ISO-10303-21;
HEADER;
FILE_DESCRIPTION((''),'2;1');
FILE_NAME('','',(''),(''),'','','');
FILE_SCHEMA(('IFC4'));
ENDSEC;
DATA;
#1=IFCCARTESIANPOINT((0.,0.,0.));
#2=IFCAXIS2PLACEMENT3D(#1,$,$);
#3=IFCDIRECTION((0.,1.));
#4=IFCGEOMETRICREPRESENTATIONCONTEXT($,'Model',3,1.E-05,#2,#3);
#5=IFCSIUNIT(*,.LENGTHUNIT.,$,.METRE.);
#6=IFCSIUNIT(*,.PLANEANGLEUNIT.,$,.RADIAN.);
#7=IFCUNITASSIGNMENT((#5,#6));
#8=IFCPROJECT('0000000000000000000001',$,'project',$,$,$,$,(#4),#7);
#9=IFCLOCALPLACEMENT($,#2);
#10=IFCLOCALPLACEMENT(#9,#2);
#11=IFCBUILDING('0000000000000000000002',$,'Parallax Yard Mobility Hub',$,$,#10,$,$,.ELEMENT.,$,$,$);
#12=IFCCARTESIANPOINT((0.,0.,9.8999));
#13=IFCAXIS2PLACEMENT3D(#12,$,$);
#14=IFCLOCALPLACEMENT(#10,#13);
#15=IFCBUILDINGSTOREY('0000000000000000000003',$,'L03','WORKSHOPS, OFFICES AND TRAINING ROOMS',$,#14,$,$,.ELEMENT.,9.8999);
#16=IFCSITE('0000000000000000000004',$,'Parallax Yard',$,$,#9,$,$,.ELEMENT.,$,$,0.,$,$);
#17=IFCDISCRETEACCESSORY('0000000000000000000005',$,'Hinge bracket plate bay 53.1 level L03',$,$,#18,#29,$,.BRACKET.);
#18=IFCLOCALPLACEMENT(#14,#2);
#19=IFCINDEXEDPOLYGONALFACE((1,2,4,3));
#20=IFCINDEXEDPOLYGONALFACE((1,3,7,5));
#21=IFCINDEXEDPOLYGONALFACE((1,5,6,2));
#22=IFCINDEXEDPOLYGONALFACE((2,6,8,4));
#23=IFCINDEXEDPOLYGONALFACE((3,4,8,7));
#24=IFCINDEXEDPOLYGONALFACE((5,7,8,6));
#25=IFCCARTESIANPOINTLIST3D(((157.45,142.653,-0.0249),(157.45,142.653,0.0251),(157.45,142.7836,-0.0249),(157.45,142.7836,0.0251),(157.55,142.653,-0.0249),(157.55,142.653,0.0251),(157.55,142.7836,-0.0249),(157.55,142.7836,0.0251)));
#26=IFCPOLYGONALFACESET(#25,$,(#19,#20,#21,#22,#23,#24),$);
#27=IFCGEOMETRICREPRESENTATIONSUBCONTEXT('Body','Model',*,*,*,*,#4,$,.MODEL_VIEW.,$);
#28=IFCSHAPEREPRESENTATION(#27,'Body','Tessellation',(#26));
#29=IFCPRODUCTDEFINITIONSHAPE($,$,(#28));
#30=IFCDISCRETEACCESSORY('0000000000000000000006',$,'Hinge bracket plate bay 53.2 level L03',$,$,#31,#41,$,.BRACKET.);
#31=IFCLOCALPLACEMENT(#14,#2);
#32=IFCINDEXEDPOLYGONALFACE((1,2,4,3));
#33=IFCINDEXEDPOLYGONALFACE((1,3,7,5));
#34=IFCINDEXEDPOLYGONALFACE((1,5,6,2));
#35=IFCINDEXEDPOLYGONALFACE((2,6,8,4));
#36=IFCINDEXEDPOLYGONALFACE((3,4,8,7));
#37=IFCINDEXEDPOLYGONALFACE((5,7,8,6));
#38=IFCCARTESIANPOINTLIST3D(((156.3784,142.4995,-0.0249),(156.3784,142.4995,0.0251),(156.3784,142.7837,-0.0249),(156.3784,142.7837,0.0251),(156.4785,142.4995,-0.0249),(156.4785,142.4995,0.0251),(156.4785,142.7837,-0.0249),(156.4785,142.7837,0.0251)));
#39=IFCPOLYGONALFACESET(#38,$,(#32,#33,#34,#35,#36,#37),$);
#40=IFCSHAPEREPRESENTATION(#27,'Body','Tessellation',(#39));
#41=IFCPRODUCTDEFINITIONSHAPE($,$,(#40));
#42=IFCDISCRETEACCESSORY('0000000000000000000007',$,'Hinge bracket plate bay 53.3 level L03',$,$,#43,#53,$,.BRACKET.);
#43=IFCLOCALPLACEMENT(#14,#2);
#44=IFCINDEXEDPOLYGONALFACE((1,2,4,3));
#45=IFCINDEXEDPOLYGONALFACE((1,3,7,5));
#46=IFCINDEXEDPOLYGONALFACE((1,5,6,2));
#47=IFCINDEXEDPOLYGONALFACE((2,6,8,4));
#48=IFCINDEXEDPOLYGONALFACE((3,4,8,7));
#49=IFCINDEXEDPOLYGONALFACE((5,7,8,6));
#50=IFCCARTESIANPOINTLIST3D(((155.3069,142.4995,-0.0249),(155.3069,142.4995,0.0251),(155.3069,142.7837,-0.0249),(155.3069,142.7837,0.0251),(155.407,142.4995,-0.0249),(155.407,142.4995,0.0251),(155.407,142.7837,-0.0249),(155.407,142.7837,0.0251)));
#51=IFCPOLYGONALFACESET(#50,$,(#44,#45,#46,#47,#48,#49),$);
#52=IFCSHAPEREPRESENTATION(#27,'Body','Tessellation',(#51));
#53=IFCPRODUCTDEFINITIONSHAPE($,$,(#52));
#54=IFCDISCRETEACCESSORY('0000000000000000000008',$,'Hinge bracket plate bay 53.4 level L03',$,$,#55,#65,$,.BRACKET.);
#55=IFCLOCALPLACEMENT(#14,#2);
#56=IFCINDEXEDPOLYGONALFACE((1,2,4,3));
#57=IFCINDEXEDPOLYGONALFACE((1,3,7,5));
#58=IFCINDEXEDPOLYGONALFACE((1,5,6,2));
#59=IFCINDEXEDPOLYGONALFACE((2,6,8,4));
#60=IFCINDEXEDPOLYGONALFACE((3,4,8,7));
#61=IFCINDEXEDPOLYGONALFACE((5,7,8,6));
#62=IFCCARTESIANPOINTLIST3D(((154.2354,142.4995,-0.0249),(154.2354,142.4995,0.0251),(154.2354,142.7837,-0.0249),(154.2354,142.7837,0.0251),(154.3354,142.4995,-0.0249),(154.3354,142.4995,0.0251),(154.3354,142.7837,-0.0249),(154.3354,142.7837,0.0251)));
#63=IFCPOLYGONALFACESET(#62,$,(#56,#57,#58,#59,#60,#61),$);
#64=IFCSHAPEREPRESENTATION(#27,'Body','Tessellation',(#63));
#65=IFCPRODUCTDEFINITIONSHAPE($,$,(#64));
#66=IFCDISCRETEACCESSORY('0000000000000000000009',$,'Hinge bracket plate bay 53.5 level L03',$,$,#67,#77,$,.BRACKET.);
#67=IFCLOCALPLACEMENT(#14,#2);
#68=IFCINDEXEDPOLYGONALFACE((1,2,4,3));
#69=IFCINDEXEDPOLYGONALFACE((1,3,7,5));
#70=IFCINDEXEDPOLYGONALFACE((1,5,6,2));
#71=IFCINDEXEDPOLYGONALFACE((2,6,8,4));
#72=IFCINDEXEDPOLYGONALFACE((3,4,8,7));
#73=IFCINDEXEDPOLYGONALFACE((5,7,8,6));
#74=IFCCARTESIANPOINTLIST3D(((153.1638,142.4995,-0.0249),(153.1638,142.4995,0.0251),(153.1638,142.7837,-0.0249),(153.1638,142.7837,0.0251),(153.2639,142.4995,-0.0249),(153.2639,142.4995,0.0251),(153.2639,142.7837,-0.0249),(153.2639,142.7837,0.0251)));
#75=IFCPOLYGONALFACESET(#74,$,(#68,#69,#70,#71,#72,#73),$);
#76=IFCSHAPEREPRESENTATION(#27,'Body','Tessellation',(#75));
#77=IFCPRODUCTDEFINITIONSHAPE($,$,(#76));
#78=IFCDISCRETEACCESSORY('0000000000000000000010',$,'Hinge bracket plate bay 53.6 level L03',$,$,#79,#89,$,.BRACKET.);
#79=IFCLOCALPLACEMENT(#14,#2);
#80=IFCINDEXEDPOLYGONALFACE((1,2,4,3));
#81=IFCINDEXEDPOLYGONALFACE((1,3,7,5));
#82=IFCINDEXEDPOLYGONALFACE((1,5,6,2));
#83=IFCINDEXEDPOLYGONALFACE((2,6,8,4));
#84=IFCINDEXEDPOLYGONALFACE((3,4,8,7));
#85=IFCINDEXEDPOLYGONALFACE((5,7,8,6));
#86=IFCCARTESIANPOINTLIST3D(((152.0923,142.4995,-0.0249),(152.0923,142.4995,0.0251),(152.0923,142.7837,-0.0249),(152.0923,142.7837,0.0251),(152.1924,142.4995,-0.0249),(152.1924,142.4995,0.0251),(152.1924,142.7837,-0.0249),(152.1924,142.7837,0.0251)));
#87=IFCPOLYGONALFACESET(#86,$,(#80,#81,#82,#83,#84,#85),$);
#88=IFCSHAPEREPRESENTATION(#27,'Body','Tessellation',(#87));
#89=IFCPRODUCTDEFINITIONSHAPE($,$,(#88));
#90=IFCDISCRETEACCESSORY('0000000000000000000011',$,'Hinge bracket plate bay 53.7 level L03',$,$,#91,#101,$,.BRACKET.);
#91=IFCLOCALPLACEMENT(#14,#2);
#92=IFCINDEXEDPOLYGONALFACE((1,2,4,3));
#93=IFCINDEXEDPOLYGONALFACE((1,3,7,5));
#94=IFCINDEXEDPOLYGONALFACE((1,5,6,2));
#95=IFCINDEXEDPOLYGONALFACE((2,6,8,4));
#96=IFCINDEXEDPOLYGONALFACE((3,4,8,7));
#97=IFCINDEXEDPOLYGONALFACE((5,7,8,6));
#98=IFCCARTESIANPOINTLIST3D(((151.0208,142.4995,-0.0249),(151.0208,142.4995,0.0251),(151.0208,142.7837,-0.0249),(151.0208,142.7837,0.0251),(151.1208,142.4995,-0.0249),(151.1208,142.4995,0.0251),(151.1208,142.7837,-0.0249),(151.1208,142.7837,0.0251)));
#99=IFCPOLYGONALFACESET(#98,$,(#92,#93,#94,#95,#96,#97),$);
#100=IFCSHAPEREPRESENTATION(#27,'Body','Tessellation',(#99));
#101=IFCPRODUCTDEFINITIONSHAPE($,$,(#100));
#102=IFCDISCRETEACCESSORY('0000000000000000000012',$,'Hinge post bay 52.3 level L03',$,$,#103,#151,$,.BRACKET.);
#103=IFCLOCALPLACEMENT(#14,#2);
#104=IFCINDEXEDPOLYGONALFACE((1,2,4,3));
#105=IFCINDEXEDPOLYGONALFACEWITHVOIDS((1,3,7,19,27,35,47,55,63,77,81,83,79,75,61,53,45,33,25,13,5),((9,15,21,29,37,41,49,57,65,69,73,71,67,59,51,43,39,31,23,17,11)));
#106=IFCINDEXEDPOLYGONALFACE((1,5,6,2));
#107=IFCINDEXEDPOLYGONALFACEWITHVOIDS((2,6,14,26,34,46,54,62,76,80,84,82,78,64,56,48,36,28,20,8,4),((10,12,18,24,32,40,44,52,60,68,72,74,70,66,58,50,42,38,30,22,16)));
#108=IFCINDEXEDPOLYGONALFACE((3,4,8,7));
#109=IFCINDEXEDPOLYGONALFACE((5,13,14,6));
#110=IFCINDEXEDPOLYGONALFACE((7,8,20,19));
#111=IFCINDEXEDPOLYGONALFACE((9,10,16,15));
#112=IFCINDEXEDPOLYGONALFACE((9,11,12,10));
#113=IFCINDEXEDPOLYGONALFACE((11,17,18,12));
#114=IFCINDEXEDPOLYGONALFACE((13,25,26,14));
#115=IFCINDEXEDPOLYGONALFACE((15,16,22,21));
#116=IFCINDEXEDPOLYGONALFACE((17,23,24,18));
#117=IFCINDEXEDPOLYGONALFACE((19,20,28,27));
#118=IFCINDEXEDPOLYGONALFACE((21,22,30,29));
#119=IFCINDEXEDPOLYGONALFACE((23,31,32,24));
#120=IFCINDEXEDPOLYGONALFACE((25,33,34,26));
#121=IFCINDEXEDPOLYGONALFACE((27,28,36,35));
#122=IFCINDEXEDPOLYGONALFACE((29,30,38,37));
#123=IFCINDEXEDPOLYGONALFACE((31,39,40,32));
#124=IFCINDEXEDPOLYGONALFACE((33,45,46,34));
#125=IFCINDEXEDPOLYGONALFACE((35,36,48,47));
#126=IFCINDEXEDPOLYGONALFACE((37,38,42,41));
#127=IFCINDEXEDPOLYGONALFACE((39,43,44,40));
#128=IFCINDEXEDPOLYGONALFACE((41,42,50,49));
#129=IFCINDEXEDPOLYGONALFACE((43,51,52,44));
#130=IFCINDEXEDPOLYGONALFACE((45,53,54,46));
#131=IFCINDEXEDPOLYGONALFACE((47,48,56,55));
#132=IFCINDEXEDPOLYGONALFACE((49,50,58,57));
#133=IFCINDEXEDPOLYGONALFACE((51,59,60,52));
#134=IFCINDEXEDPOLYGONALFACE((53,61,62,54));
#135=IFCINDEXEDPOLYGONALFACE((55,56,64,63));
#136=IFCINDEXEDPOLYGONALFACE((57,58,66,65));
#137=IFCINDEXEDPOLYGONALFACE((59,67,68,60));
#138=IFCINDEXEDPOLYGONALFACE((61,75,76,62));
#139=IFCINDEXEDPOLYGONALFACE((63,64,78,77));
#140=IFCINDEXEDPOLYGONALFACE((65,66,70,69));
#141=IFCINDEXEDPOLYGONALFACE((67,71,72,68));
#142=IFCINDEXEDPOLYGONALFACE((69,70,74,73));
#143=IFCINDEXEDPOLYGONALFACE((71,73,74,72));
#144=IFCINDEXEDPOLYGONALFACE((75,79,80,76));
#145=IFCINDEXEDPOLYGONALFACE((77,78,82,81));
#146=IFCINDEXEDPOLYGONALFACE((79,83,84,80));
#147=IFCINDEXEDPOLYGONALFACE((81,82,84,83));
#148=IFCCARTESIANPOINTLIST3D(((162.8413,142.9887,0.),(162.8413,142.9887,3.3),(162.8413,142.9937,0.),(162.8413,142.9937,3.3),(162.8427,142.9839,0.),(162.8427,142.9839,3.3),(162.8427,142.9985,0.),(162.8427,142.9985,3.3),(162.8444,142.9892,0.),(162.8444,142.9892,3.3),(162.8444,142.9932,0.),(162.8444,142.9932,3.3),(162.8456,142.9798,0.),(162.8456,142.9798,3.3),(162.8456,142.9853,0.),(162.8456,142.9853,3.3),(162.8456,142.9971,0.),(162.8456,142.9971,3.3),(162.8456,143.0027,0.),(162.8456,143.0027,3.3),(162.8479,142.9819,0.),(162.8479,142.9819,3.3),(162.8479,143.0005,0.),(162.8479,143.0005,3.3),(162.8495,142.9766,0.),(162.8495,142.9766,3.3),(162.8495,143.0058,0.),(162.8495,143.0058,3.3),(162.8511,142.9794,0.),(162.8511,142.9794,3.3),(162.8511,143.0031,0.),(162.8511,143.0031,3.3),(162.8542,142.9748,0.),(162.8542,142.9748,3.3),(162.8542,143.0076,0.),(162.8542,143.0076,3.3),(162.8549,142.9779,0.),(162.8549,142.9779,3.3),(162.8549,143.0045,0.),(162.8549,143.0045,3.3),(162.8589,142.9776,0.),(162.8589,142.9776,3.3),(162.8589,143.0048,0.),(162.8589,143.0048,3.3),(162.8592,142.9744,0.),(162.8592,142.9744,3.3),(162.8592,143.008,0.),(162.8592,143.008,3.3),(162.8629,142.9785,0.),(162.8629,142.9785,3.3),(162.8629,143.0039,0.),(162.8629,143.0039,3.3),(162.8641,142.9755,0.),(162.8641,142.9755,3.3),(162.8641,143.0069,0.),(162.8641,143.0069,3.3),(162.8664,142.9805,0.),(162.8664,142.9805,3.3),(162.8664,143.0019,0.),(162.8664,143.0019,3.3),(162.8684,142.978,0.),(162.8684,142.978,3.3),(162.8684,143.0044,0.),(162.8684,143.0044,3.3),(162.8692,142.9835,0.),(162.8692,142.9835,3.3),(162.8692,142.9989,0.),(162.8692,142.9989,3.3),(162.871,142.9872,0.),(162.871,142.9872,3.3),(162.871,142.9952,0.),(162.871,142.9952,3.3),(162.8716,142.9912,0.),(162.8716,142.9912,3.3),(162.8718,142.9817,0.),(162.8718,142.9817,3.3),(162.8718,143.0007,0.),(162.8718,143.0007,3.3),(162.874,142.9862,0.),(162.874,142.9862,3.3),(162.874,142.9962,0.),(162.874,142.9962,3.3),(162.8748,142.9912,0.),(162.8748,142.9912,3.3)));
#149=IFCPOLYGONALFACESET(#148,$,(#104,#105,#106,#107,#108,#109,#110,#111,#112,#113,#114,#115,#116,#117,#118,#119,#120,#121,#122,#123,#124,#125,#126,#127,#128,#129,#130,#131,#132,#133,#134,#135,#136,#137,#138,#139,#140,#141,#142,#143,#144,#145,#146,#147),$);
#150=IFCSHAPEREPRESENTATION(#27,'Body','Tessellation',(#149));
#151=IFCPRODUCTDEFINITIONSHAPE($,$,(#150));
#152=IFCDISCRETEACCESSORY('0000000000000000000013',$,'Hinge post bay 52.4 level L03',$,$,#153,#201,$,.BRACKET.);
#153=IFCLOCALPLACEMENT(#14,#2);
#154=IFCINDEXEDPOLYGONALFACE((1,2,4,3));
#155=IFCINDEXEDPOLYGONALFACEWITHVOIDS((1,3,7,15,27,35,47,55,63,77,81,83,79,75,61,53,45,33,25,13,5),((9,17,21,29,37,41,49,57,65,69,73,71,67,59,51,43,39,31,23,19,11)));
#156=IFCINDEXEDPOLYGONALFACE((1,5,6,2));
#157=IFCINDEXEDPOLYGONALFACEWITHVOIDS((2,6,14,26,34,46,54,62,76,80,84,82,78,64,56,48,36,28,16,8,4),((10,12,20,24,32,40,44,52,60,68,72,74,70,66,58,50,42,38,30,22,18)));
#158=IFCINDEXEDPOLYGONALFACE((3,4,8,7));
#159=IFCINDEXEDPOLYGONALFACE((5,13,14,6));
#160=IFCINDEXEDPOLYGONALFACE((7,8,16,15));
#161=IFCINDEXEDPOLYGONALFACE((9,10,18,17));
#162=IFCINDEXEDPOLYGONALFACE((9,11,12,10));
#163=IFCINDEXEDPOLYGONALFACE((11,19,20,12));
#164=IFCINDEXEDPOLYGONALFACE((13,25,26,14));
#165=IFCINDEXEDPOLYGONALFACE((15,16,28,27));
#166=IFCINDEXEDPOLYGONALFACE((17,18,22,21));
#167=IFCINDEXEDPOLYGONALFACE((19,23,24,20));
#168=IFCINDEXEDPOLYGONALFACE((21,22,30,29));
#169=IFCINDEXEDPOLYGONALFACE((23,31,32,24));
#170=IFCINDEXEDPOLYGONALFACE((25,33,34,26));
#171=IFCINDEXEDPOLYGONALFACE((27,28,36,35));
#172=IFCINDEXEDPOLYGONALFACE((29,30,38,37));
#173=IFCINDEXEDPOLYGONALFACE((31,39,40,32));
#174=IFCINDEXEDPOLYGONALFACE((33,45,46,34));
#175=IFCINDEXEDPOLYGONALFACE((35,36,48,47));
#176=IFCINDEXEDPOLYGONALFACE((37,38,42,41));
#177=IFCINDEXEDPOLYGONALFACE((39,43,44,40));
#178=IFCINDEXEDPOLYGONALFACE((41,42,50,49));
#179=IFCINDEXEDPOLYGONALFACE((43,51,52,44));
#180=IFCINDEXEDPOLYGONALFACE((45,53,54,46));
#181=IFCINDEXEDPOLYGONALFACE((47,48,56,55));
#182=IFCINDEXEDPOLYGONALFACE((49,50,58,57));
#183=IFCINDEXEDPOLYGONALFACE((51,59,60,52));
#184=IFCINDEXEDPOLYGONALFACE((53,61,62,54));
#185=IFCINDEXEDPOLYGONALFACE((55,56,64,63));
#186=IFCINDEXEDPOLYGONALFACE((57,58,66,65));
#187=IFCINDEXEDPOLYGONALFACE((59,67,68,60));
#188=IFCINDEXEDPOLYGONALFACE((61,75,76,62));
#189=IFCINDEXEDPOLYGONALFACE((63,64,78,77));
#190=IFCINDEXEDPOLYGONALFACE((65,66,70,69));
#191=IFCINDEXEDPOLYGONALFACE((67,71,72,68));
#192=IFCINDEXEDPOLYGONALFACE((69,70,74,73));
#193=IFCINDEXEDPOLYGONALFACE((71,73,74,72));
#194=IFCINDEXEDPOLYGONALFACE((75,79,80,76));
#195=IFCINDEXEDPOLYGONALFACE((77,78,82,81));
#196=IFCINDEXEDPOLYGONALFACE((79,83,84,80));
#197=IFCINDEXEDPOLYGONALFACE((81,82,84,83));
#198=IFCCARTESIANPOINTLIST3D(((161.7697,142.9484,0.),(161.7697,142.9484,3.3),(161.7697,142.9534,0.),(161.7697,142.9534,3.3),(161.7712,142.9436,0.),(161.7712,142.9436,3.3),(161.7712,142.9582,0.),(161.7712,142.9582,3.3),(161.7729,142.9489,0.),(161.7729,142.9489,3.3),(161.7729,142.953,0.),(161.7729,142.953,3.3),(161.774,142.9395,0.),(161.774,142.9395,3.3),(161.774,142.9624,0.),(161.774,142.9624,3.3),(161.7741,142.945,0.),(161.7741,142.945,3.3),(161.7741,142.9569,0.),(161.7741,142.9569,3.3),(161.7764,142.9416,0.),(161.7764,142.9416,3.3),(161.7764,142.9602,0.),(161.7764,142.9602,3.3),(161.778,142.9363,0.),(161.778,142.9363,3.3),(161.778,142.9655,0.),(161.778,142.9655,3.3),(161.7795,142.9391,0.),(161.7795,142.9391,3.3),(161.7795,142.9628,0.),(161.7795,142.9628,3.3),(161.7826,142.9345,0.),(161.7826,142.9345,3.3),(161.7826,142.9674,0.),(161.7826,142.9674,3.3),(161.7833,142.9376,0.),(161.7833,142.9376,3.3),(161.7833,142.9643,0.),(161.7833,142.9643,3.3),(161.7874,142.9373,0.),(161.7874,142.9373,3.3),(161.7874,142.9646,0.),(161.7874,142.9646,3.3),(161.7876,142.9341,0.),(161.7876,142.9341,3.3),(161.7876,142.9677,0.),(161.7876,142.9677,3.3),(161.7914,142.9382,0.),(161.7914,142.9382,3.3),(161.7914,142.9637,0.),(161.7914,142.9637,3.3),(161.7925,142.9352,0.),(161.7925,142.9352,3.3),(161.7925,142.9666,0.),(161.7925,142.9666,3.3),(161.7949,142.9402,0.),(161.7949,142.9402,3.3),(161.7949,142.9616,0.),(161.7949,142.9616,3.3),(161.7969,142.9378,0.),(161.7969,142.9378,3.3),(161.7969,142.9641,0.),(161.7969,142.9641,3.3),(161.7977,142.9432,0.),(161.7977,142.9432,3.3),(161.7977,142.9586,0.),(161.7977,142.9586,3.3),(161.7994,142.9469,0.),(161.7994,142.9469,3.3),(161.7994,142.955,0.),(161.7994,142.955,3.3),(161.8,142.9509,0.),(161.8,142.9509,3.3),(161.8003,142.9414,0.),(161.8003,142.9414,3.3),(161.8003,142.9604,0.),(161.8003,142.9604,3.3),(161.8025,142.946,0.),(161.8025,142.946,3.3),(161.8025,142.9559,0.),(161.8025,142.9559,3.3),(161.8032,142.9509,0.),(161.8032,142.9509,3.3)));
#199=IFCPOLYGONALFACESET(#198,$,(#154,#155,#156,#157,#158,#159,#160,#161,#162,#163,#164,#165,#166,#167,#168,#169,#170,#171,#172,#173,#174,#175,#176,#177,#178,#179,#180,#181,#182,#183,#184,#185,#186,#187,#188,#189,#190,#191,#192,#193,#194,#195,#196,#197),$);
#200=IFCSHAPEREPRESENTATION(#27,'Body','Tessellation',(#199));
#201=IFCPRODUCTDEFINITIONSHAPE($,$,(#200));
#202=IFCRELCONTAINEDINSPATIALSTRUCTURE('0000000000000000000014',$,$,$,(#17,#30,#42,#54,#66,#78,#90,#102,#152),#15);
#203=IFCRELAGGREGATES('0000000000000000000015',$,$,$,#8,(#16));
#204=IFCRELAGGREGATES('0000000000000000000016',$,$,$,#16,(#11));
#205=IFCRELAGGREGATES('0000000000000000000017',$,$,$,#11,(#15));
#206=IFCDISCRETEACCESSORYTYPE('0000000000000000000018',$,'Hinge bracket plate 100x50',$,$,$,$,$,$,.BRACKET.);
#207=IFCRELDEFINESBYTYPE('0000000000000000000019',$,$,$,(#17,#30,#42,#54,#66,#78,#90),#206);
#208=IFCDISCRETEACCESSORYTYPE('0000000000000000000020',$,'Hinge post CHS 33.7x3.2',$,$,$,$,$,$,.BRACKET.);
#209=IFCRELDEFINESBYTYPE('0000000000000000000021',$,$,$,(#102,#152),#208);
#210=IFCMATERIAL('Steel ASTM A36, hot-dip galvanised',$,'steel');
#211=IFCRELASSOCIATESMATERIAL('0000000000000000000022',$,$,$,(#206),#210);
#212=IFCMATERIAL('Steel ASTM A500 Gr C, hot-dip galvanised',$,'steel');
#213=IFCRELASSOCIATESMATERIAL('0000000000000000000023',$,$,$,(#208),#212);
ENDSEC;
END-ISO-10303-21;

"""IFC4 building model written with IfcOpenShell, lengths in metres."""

from ifc_helpers import new_model, si_unit, direction, frame, origin, origin_2d, place, context, subcontext, project, spatial, rectangle, hollow_circle, extrude, material, material_profile, profile_set, type_object, element, save


model = new_model("IFC4")

# Units and contexts
model_context = context("Model", 3, precision=1e-05, world=origin(), true_north=direction((0.0, 1.0)))
body_context = subcontext(model_context, "Body", "Model", "MODEL_VIEW")
ifc_project = project(units=[si_unit("LENGTHUNIT", "METRE"), si_unit("PLANEANGLEUNIT", "RADIAN")], contexts=[model_context])

# Site, building, storey
site_placement = place(None, origin())
site = spatial("IfcSite", under=ifc_project, at=site_placement, Name="Parallax Yard", CompositionType="ELEMENT", RefElevation=0.0)
building_placement = place(site_placement, origin())
building = spatial("IfcBuilding", under=site, at=building_placement, Name="Parallax Yard Mobility Hub", CompositionType="ELEMENT")
storey_placement = place(building_placement, frame((0.0, 0.0, 9.8999)))
storey = spatial("IfcBuildingStorey", under=building, at=storey_placement, Name="L03", Description="WORKSHOPS, OFFICES AND TRAINING ROOMS", CompositionType="ELEMENT", Elevation=9.8999)

# Discrete accessories
ifc_material_1 = material(Name="Steel ASTM A36, hot-dip galvanised", Category="steel")
discrete_accessory_type_1 = type_object("IfcDiscreteAccessoryType", Name="Hinge bracket plate 100x50", PredefinedType="BRACKET", material=ifc_material_1)
discrete_accessory_1_placement = place(storey_placement, frame((157.5, 142.7183, -0.0249), z_axis=(0.0, 0.0, 1.0), x_axis=(0.0, 1.0, 0.0)))
element("IfcDiscreteAccessory", 1, at=discrete_accessory_1_placement, inside=storey, type_object=discrete_accessory_type_1, Name="Hinge bracket plate bay 53.1 level L03", PredefinedType="BRACKET", context=body_context, shape_type="SweptSolid", body=[
    extrude(rectangle(XDim=0.1306, YDim=0.1001, at=origin_2d()), origin(), (0.0, 0.0, 1.0), 0.05),
])
for number, where, z_axis, x_axis, name in (
    (2, (156.4285, 142.6416, -0.0249), (0.0, 0.0, 1.0), (0.0, 1.0, 0.0), "Hinge bracket plate bay 53.2 level L03"),
    (3, (155.3569, 142.6416, -0.0249), (0.0, 0.0, 1.0), (0.0, 1.0, 0.0), "Hinge bracket plate bay 53.3 level L03"),
    (4, (154.2854, 142.6416, -0.0249), (0.0, 0.0, 1.0), (0.0, 1.0, 0.0), "Hinge bracket plate bay 53.4 level L03"),
    (5, (153.2139, 142.6416, -0.0249), (0.0, 0.0, 1.0), (0.0, 1.0, 0.0), "Hinge bracket plate bay 53.5 level L03"),
    (6, (152.1423, 142.6416, -0.0249), (0.0, 0.0, 1.0), (0.0, 1.0, 0.0), "Hinge bracket plate bay 53.6 level L03"),
    (7, (151.0708, 142.6416, -0.0249), (0.0, 0.0, 1.0), (0.0, 1.0, 0.0), "Hinge bracket plate bay 53.7 level L03"),
):
    element("IfcDiscreteAccessory", number, at=place(storey_placement, frame(where, z_axis=z_axis, x_axis=x_axis)), inside=storey, type_object=discrete_accessory_type_1, Name=name, PredefinedType="BRACKET", context=body_context, shape_type="SweptSolid", body=[
        extrude(rectangle(XDim=0.2842, YDim=0.1001, at=origin_2d()), origin(), (0.0, 0.0, 1.0), 0.05),
    ])
ifc_material_2 = material(Name="Steel ASTM A500 Gr C, hot-dip galvanised", Category="steel")
ifc_material_profile_1 = material_profile(ifc_material_2, hollow_circle(Radius=0.0168, WallThickness=0.0032, at=origin_2d()), Name="CHS 33.7x3.2")
ifc_profile_set_1 = profile_set([ifc_material_profile_1], Name="Steel ASTM A500 Gr C, hot-dip galvanised")
discrete_accessory_type_2 = type_object("IfcDiscreteAccessoryType", Name="Hinge post CHS 33.7x3.2", PredefinedType="BRACKET", material=ifc_profile_set_1)
for number, where, z_axis, x_axis, name in (
    (8, (162.8579, 142.9912, 0.0), (0.0, 0.0, 1.0), (1.0, 0.0, 0.0), "Hinge post bay 52.3 level L03"),
    (9, (161.7864, 142.9509, 0.0), (0.0, 0.0, 1.0), (1.0, 0.0, 0.0), "Hinge post bay 52.4 level L03"),
):
    element("IfcDiscreteAccessory", number, at=place(storey_placement, frame(where, z_axis=z_axis, x_axis=x_axis)), inside=storey, type_object=discrete_accessory_type_2, Name=name, PredefinedType="BRACKET", context=body_context, shape_type="SweptSolid", body=[
        extrude(hollow_circle(Radius=0.0168, WallThickness=0.0032, at=origin_2d()), origin(), (0.0, 0.0, 1.0), 3.3),
    ])

save(model, "model.ifc")
